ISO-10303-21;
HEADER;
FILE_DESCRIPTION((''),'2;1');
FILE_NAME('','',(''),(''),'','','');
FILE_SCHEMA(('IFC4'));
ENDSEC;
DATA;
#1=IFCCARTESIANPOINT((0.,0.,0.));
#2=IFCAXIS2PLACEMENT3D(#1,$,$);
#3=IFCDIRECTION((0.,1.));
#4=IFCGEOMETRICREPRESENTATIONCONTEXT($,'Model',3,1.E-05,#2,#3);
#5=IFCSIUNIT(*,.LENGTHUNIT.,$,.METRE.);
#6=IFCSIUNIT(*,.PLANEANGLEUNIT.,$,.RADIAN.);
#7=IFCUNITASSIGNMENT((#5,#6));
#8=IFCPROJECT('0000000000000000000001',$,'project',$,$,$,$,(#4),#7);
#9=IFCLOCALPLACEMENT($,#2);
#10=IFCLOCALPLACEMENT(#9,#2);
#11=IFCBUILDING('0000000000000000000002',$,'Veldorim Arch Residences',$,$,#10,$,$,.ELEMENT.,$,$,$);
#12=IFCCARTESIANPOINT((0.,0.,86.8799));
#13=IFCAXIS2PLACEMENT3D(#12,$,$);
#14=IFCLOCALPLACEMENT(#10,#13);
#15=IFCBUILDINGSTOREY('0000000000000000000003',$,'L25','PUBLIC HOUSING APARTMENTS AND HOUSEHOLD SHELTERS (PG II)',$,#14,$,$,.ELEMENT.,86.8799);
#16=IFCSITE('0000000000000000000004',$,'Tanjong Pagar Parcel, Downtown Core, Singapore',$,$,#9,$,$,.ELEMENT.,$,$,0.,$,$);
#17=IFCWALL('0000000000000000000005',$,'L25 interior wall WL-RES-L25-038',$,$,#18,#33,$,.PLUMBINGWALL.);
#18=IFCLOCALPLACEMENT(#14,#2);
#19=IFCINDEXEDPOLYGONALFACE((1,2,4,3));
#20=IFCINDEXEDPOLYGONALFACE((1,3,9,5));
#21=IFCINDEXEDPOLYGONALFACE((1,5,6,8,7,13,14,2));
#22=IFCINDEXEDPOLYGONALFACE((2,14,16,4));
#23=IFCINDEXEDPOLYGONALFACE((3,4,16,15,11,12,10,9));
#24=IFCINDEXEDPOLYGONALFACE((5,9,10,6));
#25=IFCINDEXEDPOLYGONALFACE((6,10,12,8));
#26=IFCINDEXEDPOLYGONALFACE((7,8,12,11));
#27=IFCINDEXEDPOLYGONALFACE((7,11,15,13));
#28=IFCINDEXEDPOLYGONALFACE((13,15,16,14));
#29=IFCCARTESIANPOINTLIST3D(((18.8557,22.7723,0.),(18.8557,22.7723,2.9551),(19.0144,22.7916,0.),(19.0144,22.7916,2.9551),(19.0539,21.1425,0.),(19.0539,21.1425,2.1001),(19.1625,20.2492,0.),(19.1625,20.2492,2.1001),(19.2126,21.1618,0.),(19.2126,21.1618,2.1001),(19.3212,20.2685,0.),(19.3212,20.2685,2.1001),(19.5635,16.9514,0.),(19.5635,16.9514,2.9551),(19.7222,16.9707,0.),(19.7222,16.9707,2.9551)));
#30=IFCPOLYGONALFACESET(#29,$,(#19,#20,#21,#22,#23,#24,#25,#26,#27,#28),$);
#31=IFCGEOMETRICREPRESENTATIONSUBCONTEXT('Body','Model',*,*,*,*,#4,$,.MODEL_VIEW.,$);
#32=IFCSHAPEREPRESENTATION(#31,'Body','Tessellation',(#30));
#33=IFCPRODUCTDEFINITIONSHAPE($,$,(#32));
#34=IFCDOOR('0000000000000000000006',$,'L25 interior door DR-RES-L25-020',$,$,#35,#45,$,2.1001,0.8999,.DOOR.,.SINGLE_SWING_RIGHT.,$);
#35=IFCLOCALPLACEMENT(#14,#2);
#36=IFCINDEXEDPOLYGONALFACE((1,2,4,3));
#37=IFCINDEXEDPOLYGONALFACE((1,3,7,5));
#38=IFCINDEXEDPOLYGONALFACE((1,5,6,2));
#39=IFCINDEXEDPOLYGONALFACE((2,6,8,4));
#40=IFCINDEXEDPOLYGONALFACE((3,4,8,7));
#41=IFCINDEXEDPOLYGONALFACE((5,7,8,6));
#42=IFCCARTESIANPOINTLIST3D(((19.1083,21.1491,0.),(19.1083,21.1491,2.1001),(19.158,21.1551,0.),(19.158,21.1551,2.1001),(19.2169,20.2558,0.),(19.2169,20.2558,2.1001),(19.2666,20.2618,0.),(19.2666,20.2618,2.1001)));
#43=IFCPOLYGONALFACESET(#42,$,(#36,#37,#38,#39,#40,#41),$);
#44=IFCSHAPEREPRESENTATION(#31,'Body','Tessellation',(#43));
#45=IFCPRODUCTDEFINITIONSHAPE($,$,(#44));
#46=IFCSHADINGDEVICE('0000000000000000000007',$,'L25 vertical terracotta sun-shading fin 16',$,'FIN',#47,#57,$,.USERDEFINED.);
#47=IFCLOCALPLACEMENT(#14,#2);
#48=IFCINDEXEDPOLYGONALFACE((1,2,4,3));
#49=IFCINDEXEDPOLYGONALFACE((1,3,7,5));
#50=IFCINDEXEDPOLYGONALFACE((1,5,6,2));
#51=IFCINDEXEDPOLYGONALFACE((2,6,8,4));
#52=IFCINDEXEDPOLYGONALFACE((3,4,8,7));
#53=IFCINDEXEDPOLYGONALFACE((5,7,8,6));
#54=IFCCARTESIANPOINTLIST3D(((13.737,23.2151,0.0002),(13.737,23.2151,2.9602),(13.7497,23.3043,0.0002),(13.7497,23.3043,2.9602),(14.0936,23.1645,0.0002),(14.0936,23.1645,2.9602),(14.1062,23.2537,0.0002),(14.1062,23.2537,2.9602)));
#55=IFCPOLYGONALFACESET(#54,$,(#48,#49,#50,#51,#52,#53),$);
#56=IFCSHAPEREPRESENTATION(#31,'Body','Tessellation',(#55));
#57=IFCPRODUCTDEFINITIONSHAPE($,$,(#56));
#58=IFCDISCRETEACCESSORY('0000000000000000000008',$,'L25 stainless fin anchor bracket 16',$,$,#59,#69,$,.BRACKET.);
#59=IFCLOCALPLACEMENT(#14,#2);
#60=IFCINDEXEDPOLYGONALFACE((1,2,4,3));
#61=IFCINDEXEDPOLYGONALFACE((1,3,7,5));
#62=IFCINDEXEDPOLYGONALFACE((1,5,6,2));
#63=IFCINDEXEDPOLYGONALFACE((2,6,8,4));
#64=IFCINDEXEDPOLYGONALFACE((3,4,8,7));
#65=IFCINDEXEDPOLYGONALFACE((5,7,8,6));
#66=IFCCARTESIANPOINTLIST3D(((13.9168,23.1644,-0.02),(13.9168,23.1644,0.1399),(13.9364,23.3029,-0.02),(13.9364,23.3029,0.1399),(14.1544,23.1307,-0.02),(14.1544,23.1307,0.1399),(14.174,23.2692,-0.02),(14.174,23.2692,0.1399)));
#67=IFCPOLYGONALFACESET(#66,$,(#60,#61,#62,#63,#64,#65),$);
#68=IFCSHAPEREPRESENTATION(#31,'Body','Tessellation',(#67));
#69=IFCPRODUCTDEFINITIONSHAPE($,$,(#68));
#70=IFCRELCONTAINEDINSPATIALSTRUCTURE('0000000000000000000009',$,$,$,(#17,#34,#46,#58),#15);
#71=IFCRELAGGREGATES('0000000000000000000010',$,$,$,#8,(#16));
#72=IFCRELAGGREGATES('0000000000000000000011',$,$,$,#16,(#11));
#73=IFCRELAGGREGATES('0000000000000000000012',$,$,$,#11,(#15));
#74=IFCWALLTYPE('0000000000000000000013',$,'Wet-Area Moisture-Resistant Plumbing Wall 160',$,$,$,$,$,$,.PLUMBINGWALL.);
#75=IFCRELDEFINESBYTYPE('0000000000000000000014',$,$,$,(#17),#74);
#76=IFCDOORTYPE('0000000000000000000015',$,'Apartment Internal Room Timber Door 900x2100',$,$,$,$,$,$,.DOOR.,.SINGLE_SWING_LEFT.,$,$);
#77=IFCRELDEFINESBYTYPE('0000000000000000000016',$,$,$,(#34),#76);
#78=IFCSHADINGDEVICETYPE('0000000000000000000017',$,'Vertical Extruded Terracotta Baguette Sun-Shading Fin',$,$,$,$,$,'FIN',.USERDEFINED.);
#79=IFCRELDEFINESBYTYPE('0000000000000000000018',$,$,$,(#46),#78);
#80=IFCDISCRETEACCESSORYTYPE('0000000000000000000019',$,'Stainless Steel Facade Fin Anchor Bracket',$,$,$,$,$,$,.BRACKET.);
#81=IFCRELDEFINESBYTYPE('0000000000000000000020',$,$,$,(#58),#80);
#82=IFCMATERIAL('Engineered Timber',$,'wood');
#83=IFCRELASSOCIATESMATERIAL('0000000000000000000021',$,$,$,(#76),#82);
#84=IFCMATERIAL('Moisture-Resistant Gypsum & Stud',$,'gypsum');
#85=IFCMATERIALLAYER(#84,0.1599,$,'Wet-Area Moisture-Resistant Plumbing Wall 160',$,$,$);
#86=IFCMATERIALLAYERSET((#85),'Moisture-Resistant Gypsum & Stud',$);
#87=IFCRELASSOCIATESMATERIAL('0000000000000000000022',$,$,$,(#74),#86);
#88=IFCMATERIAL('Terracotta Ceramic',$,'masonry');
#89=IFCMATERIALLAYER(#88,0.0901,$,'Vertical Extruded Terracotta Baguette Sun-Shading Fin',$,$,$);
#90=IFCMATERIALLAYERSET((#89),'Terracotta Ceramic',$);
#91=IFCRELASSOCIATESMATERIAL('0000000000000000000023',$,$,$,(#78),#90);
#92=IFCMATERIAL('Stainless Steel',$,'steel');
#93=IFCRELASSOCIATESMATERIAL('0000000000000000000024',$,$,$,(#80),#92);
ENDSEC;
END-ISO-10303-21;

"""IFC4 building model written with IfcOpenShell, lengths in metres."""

from ifc_helpers import new_model, si_unit, direction, frame, frame_2d, origin, origin_2d, place, context, subcontext, project, spatial, rectangle, extrude, material, layer, layer_set, type_object, element, fill, save


model = new_model("IFC4")

# Units and contexts
model_context = context("Model", 3, precision=1e-05, world=origin(), true_north=direction((0.0, 1.0)))
body_context = subcontext(model_context, "Body", "Model", "MODEL_VIEW")
ifc_project = project(units=[si_unit("LENGTHUNIT", "METRE"), si_unit("PLANEANGLEUNIT", "RADIAN")], contexts=[model_context])

# Site, building, storey
site_placement = place(None, origin())
site = spatial("IfcSite", under=ifc_project, at=site_placement, Name="Tanjong Pagar Parcel, Downtown Core, Singapore", CompositionType="ELEMENT", RefElevation=0.0)
building_placement = place(site_placement, origin())
building = spatial("IfcBuilding", under=site, at=building_placement, Name="Veldorim Arch Residences", CompositionType="ELEMENT")
storey_placement = place(building_placement, frame((0.0, 0.0, 86.8799)))
storey = spatial("IfcBuildingStorey", under=building, at=storey_placement, Name="L25", Description="PUBLIC HOUSING APARTMENTS AND HOUSEHOLD SHELTERS (PG II)", CompositionType="ELEMENT", Elevation=86.8799)

# Shared definitions
ifc_material_1 = material(Name="Engineered Timber", Category="wood")
door_type_1 = type_object("IfcDoorType", Name="Apartment Internal Room Timber Door 900x2100", OperationType="SINGLE_SWING_LEFT", PredefinedType="DOOR", material=ifc_material_1)

# Shared definitions
ifc_material_2 = material(Name="Moisture-Resistant Gypsum & Stud", Category="gypsum")
ifc_layer_1 = layer(ifc_material_2, 0.1599, Name="Wet-Area Moisture-Resistant Plumbing Wall 160")
ifc_layer_set_1 = layer_set([ifc_layer_1], Name="Moisture-Resistant Gypsum & Stud")
wall_type_1 = type_object("IfcWallType", Name="Wet-Area Moisture-Resistant Plumbing Wall 160", PredefinedType="PLUMBINGWALL", material=ifc_layer_set_1)

# Wall, opening, door
wall_1_placement = place(storey_placement, frame((18.9351, 22.782, 0.0), z_axis=(0.0, 0.0, 1.0), x_axis=(0.120703, -0.992689, 0.0)))
wall_1 = element("IfcWall", 1, at=wall_1_placement, inside=storey, type_object=wall_type_1, Name="L25 interior wall WL-RES-L25-038", PredefinedType="PLUMBINGWALL", context=body_context, shape_type="SweptSolid", body=[
    extrude(rectangle(XDim=5.8638, YDim=0.1599, at=frame_2d((2.9319, 0.0))), origin(), (0.0, 0.0, 1.0), 2.9551),
])
opening_1_placement = place(wall_1_placement, frame((1.6418, 0.0, 0.0)))
opening_1 = element("IfcOpeningElement", 2, at=opening_1_placement, cuts=wall_1, PredefinedType="OPENING", context=body_context, shape_type="SweptSolid", body=[
    extrude(rectangle(XDim=0.8999, YDim=2.1001, at=frame_2d((0.45, 1.05))), frame((0.0, 0.0898, 0.0), z_axis=(0.0, -1.0, 0.0), x_axis=(1.0, 0.0, 0.0)), (0.0, 0.0, 1.0), 0.1799),
])
door_1_placement = place(opening_1_placement, origin())
door_1 = element("IfcDoor", 3, at=door_1_placement, inside=storey, type_object=door_type_1, Name="L25 interior door DR-RES-L25-020", OperationType="SINGLE_SWING_RIGHT", OverallHeight=2.1001, OverallWidth=0.8999, PredefinedType="DOOR", context=body_context, shape_type="SweptSolid", body=[
    extrude(rectangle(XDim=0.8999, YDim=2.1001, at=frame_2d((0.45, 1.05))), frame((0.0, 0.0249, 0.0), z_axis=(0.0, -1.0, 0.0), x_axis=(1.0, 0.0, 0.0)), (0.0, 0.0, 1.0), 0.05),
])
fill(opening_1, door_1)

# Shading device
ifc_material_3 = material(Name="Terracotta Ceramic", Category="masonry")
ifc_layer_2 = layer(ifc_material_3, 0.0901, Name="Vertical Extruded Terracotta Baguette Sun-Shading Fin")
ifc_layer_set_2 = layer_set([ifc_layer_2], Name="Terracotta Ceramic")
shading_device_type = type_object("IfcShadingDeviceType", Name="Vertical Extruded Terracotta Baguette Sun-Shading Fin", ElementType="FIN", PredefinedType="USERDEFINED", material=ifc_layer_set_2)
shading_device_placement = place(storey_placement, frame((13.9216, 23.2344, 0.0002), z_axis=(0.0, 0.0, 1.0), x_axis=(0.140556, 0.990073, 0.0)))
element("IfcShadingDevice", 4, at=shading_device_placement, inside=storey, type_object=shading_device_type, Name="L25 vertical terracotta sun-shading fin 16", ObjectType="FIN", PredefinedType="USERDEFINED", context=body_context, shape_type="SweptSolid", body=[
    extrude(rectangle(XDim=0.0901, YDim=0.3601, at=origin_2d()), origin(), (0.0, 0.0, 1.0), 2.96),
])

# Discrete accessory
ifc_material_4 = material(Name="Stainless Steel", Category="steel")
discrete_accessory_type = type_object("IfcDiscreteAccessoryType", Name="Stainless Steel Facade Fin Anchor Bracket", PredefinedType="BRACKET", material=ifc_material_4)
discrete_accessory_placement = place(storey_placement, frame((14.0454, 23.2168, -0.02), z_axis=(0.0, 0.0, 1.0), x_axis=(0.140556, 0.990073, 0.0)))
element("IfcDiscreteAccessory", 5, at=discrete_accessory_placement, inside=storey, type_object=discrete_accessory_type, Name="L25 stainless fin anchor bracket 16", PredefinedType="BRACKET", context=body_context, shape_type="SweptSolid", body=[
    extrude(rectangle(XDim=0.1399, YDim=0.24, at=origin_2d()), origin(), (0.0, 0.0, 1.0), 0.1599),
])

save(model, "model.ifc")
